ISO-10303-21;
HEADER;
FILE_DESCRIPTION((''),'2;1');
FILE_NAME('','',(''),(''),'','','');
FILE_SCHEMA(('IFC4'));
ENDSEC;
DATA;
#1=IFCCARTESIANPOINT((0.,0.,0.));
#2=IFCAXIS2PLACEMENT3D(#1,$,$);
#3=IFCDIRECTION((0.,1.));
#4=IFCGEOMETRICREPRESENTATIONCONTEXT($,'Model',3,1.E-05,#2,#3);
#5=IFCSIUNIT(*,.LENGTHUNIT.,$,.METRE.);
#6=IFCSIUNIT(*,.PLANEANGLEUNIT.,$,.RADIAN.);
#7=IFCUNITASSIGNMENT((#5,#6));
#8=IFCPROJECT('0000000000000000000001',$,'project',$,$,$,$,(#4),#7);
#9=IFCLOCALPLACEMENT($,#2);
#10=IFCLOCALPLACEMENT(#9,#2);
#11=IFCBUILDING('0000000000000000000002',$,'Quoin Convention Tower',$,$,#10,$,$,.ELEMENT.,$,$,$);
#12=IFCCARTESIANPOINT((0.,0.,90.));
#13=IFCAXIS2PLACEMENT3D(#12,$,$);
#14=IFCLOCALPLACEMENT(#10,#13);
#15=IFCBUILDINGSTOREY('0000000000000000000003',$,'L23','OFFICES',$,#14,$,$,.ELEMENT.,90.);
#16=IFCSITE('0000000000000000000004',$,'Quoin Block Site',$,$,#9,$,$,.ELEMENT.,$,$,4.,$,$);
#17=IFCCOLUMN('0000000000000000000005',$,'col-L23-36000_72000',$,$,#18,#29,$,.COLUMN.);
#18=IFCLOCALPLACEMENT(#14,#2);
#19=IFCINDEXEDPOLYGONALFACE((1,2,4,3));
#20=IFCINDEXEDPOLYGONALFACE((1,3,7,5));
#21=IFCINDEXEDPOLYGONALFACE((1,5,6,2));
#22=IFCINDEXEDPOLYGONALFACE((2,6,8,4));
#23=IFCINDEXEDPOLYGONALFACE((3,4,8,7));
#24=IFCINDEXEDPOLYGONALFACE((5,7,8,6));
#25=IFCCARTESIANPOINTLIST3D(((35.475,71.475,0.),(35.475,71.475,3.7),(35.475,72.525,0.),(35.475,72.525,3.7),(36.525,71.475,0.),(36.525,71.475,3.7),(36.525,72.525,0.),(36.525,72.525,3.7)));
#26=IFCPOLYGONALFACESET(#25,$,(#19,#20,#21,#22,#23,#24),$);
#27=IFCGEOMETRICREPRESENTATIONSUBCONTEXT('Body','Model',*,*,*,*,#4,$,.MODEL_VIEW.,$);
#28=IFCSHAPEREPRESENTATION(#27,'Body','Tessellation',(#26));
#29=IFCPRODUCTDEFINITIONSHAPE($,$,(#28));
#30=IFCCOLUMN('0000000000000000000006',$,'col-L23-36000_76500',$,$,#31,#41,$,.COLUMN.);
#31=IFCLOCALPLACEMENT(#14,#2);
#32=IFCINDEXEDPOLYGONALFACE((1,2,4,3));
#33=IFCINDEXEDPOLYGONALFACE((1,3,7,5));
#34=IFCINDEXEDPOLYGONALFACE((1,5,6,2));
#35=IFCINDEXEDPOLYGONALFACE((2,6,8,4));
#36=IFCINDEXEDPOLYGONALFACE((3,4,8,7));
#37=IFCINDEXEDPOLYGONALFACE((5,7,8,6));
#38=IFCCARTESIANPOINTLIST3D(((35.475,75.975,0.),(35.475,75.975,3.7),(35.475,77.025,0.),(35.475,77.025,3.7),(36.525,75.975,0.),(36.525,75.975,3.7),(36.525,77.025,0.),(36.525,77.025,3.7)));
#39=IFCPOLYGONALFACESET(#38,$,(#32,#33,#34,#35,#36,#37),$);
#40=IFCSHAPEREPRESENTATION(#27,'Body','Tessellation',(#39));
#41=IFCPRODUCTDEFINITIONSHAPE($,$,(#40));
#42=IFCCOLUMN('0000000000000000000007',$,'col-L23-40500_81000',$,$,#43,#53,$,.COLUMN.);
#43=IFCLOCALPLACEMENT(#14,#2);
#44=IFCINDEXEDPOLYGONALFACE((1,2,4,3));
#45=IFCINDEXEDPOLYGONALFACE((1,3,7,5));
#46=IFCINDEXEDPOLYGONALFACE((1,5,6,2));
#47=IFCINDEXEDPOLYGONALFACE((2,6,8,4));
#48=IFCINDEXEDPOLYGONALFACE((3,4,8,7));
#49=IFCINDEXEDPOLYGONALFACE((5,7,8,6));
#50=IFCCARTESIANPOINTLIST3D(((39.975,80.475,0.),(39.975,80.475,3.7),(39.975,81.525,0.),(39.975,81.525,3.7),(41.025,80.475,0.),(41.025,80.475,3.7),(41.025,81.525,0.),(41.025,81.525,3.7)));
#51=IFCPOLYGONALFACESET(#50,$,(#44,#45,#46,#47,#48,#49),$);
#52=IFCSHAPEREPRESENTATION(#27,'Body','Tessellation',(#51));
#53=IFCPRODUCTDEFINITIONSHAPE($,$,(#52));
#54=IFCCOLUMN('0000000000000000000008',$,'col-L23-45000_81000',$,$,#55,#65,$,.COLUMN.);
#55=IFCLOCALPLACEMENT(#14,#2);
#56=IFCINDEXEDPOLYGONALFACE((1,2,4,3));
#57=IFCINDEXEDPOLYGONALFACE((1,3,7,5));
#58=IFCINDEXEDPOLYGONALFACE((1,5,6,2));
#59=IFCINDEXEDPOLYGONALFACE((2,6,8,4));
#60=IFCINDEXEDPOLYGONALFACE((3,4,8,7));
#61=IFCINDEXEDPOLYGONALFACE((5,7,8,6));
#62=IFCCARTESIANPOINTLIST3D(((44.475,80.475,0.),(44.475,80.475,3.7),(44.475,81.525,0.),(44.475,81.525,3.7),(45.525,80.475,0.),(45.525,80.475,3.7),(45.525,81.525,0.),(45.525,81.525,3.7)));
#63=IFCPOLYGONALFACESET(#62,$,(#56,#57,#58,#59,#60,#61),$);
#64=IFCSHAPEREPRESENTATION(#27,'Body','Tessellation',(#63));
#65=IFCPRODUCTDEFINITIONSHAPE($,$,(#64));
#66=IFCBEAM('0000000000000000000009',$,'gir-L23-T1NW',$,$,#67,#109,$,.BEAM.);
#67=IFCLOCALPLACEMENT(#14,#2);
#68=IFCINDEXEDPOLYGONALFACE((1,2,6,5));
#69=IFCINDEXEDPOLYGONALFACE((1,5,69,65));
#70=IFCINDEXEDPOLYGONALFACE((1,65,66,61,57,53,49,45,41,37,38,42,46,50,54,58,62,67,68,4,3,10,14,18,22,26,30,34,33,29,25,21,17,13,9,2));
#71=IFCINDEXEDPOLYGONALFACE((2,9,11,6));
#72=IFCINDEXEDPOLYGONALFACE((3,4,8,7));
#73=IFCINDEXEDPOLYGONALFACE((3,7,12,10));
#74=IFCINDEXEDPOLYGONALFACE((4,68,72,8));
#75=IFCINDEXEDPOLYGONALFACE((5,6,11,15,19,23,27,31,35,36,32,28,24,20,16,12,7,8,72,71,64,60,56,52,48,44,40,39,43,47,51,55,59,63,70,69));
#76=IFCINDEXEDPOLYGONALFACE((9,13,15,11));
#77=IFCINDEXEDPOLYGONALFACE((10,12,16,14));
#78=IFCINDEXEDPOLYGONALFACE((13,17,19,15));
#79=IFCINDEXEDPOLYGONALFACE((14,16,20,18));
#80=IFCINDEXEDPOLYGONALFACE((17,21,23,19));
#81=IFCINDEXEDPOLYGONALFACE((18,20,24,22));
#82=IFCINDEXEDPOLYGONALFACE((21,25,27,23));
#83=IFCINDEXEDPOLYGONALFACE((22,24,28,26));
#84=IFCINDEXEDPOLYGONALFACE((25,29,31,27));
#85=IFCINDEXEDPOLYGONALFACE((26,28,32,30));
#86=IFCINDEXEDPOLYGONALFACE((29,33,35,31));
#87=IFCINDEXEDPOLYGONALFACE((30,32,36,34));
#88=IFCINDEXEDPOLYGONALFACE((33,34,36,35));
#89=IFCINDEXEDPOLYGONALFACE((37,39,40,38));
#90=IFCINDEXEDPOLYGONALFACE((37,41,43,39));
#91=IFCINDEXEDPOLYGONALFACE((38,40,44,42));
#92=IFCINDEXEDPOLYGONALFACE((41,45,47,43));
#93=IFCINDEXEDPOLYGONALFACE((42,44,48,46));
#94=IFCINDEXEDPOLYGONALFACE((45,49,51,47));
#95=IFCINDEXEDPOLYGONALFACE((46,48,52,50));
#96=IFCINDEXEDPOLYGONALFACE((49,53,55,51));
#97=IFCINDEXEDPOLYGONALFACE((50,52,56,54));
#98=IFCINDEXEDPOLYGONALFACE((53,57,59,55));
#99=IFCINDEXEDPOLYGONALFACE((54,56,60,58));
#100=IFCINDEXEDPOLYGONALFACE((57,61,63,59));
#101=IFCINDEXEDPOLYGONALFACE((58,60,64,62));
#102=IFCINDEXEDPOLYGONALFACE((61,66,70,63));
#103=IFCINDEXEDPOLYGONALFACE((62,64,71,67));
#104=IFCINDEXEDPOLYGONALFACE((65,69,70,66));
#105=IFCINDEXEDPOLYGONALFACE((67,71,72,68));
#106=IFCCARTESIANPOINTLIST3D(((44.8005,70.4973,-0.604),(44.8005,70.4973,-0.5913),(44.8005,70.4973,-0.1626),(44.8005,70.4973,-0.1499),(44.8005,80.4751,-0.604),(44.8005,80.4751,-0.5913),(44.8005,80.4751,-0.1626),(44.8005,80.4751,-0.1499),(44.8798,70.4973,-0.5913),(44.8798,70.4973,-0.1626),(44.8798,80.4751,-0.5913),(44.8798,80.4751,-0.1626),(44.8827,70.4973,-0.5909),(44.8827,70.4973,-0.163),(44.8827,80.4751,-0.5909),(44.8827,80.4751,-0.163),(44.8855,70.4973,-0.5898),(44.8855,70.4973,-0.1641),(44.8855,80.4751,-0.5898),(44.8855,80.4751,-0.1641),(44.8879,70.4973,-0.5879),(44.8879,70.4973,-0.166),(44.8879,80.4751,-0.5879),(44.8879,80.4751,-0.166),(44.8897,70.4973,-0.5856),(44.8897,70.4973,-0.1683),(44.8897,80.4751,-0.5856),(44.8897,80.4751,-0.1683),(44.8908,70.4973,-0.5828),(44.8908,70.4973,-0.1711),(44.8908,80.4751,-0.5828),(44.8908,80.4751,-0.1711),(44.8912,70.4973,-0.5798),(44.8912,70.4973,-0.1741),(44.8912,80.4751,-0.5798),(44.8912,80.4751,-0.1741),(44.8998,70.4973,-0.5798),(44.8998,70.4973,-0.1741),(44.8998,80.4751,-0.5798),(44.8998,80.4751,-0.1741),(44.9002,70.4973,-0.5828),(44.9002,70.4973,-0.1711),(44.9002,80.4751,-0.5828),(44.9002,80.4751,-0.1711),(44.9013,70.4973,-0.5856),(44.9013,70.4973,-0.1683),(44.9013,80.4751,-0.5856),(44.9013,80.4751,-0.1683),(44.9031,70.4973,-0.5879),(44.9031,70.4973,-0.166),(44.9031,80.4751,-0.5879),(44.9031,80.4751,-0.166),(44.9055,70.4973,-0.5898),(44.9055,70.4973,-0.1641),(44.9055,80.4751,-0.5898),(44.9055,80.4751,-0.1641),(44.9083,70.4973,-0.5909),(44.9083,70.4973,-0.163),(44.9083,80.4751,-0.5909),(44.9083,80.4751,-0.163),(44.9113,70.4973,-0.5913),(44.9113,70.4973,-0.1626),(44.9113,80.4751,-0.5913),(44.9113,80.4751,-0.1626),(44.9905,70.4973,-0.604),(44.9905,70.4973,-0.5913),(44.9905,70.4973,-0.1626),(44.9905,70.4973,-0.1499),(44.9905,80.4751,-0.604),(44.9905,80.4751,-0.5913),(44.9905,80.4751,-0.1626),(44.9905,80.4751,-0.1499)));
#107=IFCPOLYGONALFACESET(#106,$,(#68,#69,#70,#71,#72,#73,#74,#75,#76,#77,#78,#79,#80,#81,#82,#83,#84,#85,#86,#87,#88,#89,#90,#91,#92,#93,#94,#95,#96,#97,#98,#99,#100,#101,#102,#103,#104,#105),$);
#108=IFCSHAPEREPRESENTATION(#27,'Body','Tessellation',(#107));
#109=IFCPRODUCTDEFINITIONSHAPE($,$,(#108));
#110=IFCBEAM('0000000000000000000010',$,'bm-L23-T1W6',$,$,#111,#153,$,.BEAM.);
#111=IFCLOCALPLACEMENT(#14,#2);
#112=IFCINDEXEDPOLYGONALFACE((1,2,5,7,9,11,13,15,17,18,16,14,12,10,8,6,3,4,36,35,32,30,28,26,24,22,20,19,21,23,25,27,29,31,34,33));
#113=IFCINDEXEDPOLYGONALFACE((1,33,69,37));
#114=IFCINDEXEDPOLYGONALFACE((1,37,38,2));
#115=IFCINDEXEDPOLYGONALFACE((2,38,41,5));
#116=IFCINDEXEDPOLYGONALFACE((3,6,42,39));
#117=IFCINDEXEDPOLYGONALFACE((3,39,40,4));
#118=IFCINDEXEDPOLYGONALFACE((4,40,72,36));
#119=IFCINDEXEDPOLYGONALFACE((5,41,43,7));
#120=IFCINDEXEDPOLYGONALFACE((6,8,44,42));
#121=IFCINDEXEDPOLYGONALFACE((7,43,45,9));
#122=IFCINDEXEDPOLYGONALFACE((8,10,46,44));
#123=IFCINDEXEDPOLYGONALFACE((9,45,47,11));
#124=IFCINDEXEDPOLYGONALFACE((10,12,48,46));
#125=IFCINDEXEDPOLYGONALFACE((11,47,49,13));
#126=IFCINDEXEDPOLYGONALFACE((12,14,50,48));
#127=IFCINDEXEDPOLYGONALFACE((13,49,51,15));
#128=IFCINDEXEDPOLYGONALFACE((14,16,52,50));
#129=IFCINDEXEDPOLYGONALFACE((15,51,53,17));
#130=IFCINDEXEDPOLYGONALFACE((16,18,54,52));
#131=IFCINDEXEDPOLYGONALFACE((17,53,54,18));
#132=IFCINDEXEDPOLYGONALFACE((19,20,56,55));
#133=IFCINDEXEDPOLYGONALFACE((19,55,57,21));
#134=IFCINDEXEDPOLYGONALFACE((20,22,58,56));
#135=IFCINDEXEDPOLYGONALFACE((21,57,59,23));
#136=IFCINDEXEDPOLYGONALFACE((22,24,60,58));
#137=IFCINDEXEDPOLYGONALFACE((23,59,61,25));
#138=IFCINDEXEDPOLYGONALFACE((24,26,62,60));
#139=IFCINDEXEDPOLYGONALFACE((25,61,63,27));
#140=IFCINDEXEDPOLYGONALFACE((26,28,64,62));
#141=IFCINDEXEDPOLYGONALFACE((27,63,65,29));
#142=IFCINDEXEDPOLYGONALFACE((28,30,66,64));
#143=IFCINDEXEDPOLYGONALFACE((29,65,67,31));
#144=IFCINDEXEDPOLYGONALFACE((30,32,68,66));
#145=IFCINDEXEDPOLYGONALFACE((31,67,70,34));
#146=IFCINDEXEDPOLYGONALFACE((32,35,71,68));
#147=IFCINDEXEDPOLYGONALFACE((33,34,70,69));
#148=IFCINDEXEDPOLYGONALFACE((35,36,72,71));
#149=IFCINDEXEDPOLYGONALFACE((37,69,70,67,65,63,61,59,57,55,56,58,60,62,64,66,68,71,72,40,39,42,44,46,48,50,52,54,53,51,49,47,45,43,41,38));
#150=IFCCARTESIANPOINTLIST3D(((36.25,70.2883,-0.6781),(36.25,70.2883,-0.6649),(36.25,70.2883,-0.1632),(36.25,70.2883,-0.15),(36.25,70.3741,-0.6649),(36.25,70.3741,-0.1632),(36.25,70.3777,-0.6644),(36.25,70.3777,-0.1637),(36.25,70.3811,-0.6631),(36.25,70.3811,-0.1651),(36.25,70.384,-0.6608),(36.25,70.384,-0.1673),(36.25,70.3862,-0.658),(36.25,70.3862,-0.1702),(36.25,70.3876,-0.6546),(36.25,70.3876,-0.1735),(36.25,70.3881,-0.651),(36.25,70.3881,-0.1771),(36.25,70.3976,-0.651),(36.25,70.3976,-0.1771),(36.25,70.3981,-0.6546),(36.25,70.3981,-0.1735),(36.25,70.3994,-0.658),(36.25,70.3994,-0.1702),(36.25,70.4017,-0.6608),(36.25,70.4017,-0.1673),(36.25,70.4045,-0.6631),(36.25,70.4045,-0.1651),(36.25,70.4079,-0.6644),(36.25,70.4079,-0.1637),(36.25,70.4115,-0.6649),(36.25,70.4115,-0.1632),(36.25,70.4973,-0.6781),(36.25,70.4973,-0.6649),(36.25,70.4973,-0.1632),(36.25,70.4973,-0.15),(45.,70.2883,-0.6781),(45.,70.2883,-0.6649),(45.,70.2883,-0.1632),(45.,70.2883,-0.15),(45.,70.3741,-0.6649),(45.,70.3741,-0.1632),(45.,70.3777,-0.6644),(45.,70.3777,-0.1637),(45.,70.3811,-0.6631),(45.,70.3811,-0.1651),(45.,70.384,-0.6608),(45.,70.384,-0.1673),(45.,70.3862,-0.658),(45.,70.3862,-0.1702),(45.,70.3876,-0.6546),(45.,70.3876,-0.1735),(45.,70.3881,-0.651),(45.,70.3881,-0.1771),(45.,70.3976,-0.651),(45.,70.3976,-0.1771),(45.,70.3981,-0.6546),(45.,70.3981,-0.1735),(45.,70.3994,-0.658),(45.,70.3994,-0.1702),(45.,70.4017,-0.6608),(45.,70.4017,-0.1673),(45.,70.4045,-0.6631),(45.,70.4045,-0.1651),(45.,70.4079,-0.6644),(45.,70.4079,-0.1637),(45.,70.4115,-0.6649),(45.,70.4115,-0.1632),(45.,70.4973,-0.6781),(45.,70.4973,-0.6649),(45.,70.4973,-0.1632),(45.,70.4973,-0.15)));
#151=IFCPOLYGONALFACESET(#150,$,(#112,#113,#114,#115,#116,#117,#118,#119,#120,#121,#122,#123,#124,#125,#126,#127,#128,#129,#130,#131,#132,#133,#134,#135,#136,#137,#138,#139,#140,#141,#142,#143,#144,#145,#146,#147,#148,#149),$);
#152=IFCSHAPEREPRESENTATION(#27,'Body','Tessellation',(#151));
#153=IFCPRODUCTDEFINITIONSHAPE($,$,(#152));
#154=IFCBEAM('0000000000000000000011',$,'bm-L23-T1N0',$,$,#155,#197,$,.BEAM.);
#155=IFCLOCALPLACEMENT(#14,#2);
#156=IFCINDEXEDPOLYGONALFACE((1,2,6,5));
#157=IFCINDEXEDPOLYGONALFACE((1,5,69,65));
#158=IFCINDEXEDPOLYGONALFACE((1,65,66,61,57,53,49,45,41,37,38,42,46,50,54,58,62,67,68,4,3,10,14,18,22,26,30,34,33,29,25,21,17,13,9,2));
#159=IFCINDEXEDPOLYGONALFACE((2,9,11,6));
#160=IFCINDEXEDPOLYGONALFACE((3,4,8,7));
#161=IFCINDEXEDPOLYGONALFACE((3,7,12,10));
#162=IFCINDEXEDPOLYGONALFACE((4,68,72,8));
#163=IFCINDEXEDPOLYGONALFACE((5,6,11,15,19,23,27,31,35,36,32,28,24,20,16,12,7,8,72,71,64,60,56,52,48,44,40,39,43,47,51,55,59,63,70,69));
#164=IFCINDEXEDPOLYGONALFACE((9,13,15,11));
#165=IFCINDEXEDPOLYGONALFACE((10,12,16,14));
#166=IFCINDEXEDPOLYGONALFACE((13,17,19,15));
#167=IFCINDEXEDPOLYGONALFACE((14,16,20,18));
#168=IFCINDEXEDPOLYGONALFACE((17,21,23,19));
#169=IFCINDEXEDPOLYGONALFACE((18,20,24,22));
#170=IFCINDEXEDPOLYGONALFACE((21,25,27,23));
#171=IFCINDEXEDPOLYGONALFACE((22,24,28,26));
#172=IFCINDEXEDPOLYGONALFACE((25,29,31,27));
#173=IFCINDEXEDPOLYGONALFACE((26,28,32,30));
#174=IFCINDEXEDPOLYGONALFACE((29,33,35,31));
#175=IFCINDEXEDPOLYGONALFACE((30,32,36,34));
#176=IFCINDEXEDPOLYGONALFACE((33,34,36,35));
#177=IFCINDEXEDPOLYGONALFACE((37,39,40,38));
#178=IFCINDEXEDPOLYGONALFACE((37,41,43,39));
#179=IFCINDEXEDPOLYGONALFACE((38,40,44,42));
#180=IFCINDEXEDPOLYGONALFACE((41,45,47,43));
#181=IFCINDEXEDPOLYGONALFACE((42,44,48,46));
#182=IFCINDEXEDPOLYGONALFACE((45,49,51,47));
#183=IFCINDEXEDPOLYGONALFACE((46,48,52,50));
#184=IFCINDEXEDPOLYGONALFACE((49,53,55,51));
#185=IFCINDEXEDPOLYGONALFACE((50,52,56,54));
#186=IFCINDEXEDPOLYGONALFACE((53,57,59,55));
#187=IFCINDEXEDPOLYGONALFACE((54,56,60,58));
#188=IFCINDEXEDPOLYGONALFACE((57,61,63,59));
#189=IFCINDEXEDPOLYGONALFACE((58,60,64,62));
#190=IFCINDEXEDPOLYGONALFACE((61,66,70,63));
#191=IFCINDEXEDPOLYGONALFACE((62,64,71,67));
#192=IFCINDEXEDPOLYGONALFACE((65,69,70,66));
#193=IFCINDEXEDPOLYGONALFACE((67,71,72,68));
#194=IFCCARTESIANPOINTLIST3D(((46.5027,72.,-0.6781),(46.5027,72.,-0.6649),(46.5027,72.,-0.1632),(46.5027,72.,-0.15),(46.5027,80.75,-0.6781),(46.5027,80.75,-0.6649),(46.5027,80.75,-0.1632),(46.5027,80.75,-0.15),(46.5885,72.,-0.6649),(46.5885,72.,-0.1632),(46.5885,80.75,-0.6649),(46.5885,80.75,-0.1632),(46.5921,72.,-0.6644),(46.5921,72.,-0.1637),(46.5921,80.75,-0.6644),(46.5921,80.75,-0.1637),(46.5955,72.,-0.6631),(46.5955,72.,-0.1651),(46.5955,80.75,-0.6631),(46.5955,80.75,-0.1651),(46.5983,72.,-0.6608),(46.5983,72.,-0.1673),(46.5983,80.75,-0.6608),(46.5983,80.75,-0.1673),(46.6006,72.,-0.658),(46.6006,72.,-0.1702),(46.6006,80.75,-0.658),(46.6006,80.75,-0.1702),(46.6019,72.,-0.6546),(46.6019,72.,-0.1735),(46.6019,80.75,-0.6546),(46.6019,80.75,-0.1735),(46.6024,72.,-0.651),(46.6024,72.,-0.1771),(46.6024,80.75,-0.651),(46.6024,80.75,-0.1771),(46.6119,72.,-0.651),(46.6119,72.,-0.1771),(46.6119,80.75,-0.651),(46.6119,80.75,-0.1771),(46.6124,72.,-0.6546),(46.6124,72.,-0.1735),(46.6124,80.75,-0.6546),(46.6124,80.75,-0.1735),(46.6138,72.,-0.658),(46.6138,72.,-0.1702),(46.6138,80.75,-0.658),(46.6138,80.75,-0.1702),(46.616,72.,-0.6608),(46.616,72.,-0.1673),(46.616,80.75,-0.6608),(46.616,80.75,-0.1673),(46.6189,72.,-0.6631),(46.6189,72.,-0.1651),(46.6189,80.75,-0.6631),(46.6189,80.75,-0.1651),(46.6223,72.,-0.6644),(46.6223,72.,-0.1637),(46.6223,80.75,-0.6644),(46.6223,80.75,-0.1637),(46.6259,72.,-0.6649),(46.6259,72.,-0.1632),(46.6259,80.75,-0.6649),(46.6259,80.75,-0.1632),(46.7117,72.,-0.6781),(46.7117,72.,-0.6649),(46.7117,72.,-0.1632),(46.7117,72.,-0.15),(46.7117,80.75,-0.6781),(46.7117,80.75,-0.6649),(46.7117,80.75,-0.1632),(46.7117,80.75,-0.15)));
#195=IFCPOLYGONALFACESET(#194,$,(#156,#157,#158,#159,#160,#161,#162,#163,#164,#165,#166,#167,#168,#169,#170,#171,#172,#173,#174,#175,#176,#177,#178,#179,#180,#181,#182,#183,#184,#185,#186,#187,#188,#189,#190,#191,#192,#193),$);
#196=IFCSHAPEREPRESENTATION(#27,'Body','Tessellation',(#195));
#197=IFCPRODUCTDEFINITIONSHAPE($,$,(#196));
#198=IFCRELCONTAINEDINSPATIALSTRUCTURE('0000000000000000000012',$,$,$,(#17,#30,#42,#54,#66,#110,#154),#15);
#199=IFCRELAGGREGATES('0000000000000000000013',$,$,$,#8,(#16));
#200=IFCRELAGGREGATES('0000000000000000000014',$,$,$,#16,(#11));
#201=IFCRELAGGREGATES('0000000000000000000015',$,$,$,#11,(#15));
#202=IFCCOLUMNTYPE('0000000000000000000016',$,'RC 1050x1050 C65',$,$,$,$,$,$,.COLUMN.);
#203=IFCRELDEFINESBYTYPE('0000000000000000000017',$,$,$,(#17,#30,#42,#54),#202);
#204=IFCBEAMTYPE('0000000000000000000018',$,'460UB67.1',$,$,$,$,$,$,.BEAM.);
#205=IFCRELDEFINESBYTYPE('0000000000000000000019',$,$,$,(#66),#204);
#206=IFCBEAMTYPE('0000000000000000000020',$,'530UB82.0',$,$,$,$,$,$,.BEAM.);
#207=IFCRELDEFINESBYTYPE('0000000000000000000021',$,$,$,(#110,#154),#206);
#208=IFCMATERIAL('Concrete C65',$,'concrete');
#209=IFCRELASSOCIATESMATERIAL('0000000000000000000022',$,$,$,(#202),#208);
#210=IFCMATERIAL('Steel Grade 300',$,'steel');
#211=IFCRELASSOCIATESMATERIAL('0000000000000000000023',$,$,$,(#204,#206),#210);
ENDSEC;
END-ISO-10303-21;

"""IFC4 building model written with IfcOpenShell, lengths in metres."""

from ifc_helpers import new_model, si_unit, direction, frame, origin, origin_2d, place, context, subcontext, project, spatial, rectangle, i_section, extrude, material, material_profile, profile_set, type_object, element, save


model = new_model("IFC4")

# Units and contexts
model_context = context("Model", 3, precision=1e-05, world=origin(), true_north=direction((0.0, 1.0)))
body_context = subcontext(model_context, "Body", "Model", "MODEL_VIEW")
ifc_project = project(units=[si_unit("LENGTHUNIT", "METRE"), si_unit("PLANEANGLEUNIT", "RADIAN")], contexts=[model_context])

# Site, building, storey
site_placement = place(None, origin())
site = spatial("IfcSite", under=ifc_project, at=site_placement, Name="Quoin Block Site", CompositionType="ELEMENT", RefElevation=4.0)
building_placement = place(site_placement, origin())
building = spatial("IfcBuilding", under=site, at=building_placement, Name="Quoin Convention Tower", CompositionType="ELEMENT")
storey_placement = place(building_placement, frame((0.0, 0.0, 90.0)))
storey = spatial("IfcBuildingStorey", under=building, at=storey_placement, Name="L23", Description="OFFICES", CompositionType="ELEMENT", Elevation=90.0)

# Columns
ifc_material_1 = material(Name="Concrete C65", Category="concrete")
ifc_material_profile_1 = material_profile(ifc_material_1, rectangle(XDim=1.05, YDim=1.05, at=origin_2d()), Name="RC 1050x1050")
ifc_profile_set_1 = profile_set([ifc_material_profile_1], Name="Concrete C65")
column_type = type_object("IfcColumnType", Name="RC 1050x1050 C65", PredefinedType="COLUMN", material=ifc_profile_set_1)
for number, where, z_axis, x_axis, name in (
    (1, (36.0, 72.0, 0.0), (0.0, 0.0, 1.0), (1.0, 0.0, 0.0), "col-L23-36000_72000"),
    (2, (36.0, 76.5, 0.0), (0.0, 0.0, 1.0), (1.0, 0.0, 0.0), "col-L23-36000_76500"),
    (3, (40.5, 81.0, 0.0), (0.0, 0.0, 1.0), (1.0, 0.0, 0.0), "col-L23-40500_81000"),
    (4, (45.0, 81.0, 0.0), (0.0, 0.0, 1.0), (1.0, 0.0, 0.0), "col-L23-45000_81000"),
):
    element("IfcColumn", number, at=place(storey_placement, frame(where, z_axis=z_axis, x_axis=x_axis)), inside=storey, type_object=column_type, Name=name, PredefinedType="COLUMN", context=body_context, shape_type="SweptSolid", body=[
        extrude(rectangle(XDim=1.05, YDim=1.05, at=origin_2d()), origin(), (0.0, 0.0, 1.0), 3.7),
    ])

# Beams
ifc_material_2 = material(Name="Steel Grade 300", Category="steel")
ifc_material_profile_2 = material_profile(ifc_material_2, i_section(OverallWidth=0.1899, OverallDepth=0.4541, WebThickness=0.0085, FlangeThickness=0.0127, FilletRadius=0.0115, at=origin_2d()), Name="460UB67.1")
ifc_profile_set_2 = profile_set([ifc_material_profile_2], Name="Steel Grade 300")
beam_type_1 = type_object("IfcBeamType", Name="460UB67.1", PredefinedType="BEAM", material=ifc_profile_set_2)
beam_1_placement = place(storey_placement, frame((44.8955, 80.4751, -0.377), z_axis=(0.0, -1.0, 0.0), x_axis=(1.0, 0.0, 0.0)))
element("IfcBeam", 5, at=beam_1_placement, inside=storey, type_object=beam_type_1, Name="gir-L23-T1NW", PredefinedType="BEAM", context=body_context, shape_type="SweptSolid", body=[
    extrude(i_section(OverallWidth=0.1899, OverallDepth=0.4541, WebThickness=0.0085, FlangeThickness=0.0127, FilletRadius=0.0115, at=origin_2d()), origin(), (0.0, 0.0, 1.0), 9.9778),
])
ifc_material_profile_3 = material_profile(ifc_material_2, i_section(OverallWidth=0.209, OverallDepth=0.5281, WebThickness=0.0095, FlangeThickness=0.0132, FilletRadius=0.0139, at=origin_2d()), Name="530UB82.0")
ifc_profile_set_3 = profile_set([ifc_material_profile_3], Name="Steel Grade 300")
beam_type_2 = type_object("IfcBeamType", Name="530UB82.0", PredefinedType="BEAM", material=ifc_profile_set_3)
for number, where, z_axis, x_axis, name in (
    (6, (36.25, 70.3928, -0.4141), (1.0, 0.0, 0.0), (0.0, 1.0, 0.0), "bm-L23-T1W6"),
    (7, (46.6072, 72.0, -0.4141), (0.0, 1.0, 0.0), (-1.0, 0.0, 0.0), "bm-L23-T1N0"),
):
    element("IfcBeam", number, at=place(storey_placement, frame(where, z_axis=z_axis, x_axis=x_axis)), inside=storey, type_object=beam_type_2, Name=name, PredefinedType="BEAM", context=body_context, shape_type="SweptSolid", body=[
        extrude(i_section(OverallWidth=0.209, OverallDepth=0.5281, WebThickness=0.0095, FlangeThickness=0.0132, FilletRadius=0.0139, at=origin_2d()), origin(), (0.0, 0.0, 1.0), 8.75),
    ])

save(model, "model.ifc")
